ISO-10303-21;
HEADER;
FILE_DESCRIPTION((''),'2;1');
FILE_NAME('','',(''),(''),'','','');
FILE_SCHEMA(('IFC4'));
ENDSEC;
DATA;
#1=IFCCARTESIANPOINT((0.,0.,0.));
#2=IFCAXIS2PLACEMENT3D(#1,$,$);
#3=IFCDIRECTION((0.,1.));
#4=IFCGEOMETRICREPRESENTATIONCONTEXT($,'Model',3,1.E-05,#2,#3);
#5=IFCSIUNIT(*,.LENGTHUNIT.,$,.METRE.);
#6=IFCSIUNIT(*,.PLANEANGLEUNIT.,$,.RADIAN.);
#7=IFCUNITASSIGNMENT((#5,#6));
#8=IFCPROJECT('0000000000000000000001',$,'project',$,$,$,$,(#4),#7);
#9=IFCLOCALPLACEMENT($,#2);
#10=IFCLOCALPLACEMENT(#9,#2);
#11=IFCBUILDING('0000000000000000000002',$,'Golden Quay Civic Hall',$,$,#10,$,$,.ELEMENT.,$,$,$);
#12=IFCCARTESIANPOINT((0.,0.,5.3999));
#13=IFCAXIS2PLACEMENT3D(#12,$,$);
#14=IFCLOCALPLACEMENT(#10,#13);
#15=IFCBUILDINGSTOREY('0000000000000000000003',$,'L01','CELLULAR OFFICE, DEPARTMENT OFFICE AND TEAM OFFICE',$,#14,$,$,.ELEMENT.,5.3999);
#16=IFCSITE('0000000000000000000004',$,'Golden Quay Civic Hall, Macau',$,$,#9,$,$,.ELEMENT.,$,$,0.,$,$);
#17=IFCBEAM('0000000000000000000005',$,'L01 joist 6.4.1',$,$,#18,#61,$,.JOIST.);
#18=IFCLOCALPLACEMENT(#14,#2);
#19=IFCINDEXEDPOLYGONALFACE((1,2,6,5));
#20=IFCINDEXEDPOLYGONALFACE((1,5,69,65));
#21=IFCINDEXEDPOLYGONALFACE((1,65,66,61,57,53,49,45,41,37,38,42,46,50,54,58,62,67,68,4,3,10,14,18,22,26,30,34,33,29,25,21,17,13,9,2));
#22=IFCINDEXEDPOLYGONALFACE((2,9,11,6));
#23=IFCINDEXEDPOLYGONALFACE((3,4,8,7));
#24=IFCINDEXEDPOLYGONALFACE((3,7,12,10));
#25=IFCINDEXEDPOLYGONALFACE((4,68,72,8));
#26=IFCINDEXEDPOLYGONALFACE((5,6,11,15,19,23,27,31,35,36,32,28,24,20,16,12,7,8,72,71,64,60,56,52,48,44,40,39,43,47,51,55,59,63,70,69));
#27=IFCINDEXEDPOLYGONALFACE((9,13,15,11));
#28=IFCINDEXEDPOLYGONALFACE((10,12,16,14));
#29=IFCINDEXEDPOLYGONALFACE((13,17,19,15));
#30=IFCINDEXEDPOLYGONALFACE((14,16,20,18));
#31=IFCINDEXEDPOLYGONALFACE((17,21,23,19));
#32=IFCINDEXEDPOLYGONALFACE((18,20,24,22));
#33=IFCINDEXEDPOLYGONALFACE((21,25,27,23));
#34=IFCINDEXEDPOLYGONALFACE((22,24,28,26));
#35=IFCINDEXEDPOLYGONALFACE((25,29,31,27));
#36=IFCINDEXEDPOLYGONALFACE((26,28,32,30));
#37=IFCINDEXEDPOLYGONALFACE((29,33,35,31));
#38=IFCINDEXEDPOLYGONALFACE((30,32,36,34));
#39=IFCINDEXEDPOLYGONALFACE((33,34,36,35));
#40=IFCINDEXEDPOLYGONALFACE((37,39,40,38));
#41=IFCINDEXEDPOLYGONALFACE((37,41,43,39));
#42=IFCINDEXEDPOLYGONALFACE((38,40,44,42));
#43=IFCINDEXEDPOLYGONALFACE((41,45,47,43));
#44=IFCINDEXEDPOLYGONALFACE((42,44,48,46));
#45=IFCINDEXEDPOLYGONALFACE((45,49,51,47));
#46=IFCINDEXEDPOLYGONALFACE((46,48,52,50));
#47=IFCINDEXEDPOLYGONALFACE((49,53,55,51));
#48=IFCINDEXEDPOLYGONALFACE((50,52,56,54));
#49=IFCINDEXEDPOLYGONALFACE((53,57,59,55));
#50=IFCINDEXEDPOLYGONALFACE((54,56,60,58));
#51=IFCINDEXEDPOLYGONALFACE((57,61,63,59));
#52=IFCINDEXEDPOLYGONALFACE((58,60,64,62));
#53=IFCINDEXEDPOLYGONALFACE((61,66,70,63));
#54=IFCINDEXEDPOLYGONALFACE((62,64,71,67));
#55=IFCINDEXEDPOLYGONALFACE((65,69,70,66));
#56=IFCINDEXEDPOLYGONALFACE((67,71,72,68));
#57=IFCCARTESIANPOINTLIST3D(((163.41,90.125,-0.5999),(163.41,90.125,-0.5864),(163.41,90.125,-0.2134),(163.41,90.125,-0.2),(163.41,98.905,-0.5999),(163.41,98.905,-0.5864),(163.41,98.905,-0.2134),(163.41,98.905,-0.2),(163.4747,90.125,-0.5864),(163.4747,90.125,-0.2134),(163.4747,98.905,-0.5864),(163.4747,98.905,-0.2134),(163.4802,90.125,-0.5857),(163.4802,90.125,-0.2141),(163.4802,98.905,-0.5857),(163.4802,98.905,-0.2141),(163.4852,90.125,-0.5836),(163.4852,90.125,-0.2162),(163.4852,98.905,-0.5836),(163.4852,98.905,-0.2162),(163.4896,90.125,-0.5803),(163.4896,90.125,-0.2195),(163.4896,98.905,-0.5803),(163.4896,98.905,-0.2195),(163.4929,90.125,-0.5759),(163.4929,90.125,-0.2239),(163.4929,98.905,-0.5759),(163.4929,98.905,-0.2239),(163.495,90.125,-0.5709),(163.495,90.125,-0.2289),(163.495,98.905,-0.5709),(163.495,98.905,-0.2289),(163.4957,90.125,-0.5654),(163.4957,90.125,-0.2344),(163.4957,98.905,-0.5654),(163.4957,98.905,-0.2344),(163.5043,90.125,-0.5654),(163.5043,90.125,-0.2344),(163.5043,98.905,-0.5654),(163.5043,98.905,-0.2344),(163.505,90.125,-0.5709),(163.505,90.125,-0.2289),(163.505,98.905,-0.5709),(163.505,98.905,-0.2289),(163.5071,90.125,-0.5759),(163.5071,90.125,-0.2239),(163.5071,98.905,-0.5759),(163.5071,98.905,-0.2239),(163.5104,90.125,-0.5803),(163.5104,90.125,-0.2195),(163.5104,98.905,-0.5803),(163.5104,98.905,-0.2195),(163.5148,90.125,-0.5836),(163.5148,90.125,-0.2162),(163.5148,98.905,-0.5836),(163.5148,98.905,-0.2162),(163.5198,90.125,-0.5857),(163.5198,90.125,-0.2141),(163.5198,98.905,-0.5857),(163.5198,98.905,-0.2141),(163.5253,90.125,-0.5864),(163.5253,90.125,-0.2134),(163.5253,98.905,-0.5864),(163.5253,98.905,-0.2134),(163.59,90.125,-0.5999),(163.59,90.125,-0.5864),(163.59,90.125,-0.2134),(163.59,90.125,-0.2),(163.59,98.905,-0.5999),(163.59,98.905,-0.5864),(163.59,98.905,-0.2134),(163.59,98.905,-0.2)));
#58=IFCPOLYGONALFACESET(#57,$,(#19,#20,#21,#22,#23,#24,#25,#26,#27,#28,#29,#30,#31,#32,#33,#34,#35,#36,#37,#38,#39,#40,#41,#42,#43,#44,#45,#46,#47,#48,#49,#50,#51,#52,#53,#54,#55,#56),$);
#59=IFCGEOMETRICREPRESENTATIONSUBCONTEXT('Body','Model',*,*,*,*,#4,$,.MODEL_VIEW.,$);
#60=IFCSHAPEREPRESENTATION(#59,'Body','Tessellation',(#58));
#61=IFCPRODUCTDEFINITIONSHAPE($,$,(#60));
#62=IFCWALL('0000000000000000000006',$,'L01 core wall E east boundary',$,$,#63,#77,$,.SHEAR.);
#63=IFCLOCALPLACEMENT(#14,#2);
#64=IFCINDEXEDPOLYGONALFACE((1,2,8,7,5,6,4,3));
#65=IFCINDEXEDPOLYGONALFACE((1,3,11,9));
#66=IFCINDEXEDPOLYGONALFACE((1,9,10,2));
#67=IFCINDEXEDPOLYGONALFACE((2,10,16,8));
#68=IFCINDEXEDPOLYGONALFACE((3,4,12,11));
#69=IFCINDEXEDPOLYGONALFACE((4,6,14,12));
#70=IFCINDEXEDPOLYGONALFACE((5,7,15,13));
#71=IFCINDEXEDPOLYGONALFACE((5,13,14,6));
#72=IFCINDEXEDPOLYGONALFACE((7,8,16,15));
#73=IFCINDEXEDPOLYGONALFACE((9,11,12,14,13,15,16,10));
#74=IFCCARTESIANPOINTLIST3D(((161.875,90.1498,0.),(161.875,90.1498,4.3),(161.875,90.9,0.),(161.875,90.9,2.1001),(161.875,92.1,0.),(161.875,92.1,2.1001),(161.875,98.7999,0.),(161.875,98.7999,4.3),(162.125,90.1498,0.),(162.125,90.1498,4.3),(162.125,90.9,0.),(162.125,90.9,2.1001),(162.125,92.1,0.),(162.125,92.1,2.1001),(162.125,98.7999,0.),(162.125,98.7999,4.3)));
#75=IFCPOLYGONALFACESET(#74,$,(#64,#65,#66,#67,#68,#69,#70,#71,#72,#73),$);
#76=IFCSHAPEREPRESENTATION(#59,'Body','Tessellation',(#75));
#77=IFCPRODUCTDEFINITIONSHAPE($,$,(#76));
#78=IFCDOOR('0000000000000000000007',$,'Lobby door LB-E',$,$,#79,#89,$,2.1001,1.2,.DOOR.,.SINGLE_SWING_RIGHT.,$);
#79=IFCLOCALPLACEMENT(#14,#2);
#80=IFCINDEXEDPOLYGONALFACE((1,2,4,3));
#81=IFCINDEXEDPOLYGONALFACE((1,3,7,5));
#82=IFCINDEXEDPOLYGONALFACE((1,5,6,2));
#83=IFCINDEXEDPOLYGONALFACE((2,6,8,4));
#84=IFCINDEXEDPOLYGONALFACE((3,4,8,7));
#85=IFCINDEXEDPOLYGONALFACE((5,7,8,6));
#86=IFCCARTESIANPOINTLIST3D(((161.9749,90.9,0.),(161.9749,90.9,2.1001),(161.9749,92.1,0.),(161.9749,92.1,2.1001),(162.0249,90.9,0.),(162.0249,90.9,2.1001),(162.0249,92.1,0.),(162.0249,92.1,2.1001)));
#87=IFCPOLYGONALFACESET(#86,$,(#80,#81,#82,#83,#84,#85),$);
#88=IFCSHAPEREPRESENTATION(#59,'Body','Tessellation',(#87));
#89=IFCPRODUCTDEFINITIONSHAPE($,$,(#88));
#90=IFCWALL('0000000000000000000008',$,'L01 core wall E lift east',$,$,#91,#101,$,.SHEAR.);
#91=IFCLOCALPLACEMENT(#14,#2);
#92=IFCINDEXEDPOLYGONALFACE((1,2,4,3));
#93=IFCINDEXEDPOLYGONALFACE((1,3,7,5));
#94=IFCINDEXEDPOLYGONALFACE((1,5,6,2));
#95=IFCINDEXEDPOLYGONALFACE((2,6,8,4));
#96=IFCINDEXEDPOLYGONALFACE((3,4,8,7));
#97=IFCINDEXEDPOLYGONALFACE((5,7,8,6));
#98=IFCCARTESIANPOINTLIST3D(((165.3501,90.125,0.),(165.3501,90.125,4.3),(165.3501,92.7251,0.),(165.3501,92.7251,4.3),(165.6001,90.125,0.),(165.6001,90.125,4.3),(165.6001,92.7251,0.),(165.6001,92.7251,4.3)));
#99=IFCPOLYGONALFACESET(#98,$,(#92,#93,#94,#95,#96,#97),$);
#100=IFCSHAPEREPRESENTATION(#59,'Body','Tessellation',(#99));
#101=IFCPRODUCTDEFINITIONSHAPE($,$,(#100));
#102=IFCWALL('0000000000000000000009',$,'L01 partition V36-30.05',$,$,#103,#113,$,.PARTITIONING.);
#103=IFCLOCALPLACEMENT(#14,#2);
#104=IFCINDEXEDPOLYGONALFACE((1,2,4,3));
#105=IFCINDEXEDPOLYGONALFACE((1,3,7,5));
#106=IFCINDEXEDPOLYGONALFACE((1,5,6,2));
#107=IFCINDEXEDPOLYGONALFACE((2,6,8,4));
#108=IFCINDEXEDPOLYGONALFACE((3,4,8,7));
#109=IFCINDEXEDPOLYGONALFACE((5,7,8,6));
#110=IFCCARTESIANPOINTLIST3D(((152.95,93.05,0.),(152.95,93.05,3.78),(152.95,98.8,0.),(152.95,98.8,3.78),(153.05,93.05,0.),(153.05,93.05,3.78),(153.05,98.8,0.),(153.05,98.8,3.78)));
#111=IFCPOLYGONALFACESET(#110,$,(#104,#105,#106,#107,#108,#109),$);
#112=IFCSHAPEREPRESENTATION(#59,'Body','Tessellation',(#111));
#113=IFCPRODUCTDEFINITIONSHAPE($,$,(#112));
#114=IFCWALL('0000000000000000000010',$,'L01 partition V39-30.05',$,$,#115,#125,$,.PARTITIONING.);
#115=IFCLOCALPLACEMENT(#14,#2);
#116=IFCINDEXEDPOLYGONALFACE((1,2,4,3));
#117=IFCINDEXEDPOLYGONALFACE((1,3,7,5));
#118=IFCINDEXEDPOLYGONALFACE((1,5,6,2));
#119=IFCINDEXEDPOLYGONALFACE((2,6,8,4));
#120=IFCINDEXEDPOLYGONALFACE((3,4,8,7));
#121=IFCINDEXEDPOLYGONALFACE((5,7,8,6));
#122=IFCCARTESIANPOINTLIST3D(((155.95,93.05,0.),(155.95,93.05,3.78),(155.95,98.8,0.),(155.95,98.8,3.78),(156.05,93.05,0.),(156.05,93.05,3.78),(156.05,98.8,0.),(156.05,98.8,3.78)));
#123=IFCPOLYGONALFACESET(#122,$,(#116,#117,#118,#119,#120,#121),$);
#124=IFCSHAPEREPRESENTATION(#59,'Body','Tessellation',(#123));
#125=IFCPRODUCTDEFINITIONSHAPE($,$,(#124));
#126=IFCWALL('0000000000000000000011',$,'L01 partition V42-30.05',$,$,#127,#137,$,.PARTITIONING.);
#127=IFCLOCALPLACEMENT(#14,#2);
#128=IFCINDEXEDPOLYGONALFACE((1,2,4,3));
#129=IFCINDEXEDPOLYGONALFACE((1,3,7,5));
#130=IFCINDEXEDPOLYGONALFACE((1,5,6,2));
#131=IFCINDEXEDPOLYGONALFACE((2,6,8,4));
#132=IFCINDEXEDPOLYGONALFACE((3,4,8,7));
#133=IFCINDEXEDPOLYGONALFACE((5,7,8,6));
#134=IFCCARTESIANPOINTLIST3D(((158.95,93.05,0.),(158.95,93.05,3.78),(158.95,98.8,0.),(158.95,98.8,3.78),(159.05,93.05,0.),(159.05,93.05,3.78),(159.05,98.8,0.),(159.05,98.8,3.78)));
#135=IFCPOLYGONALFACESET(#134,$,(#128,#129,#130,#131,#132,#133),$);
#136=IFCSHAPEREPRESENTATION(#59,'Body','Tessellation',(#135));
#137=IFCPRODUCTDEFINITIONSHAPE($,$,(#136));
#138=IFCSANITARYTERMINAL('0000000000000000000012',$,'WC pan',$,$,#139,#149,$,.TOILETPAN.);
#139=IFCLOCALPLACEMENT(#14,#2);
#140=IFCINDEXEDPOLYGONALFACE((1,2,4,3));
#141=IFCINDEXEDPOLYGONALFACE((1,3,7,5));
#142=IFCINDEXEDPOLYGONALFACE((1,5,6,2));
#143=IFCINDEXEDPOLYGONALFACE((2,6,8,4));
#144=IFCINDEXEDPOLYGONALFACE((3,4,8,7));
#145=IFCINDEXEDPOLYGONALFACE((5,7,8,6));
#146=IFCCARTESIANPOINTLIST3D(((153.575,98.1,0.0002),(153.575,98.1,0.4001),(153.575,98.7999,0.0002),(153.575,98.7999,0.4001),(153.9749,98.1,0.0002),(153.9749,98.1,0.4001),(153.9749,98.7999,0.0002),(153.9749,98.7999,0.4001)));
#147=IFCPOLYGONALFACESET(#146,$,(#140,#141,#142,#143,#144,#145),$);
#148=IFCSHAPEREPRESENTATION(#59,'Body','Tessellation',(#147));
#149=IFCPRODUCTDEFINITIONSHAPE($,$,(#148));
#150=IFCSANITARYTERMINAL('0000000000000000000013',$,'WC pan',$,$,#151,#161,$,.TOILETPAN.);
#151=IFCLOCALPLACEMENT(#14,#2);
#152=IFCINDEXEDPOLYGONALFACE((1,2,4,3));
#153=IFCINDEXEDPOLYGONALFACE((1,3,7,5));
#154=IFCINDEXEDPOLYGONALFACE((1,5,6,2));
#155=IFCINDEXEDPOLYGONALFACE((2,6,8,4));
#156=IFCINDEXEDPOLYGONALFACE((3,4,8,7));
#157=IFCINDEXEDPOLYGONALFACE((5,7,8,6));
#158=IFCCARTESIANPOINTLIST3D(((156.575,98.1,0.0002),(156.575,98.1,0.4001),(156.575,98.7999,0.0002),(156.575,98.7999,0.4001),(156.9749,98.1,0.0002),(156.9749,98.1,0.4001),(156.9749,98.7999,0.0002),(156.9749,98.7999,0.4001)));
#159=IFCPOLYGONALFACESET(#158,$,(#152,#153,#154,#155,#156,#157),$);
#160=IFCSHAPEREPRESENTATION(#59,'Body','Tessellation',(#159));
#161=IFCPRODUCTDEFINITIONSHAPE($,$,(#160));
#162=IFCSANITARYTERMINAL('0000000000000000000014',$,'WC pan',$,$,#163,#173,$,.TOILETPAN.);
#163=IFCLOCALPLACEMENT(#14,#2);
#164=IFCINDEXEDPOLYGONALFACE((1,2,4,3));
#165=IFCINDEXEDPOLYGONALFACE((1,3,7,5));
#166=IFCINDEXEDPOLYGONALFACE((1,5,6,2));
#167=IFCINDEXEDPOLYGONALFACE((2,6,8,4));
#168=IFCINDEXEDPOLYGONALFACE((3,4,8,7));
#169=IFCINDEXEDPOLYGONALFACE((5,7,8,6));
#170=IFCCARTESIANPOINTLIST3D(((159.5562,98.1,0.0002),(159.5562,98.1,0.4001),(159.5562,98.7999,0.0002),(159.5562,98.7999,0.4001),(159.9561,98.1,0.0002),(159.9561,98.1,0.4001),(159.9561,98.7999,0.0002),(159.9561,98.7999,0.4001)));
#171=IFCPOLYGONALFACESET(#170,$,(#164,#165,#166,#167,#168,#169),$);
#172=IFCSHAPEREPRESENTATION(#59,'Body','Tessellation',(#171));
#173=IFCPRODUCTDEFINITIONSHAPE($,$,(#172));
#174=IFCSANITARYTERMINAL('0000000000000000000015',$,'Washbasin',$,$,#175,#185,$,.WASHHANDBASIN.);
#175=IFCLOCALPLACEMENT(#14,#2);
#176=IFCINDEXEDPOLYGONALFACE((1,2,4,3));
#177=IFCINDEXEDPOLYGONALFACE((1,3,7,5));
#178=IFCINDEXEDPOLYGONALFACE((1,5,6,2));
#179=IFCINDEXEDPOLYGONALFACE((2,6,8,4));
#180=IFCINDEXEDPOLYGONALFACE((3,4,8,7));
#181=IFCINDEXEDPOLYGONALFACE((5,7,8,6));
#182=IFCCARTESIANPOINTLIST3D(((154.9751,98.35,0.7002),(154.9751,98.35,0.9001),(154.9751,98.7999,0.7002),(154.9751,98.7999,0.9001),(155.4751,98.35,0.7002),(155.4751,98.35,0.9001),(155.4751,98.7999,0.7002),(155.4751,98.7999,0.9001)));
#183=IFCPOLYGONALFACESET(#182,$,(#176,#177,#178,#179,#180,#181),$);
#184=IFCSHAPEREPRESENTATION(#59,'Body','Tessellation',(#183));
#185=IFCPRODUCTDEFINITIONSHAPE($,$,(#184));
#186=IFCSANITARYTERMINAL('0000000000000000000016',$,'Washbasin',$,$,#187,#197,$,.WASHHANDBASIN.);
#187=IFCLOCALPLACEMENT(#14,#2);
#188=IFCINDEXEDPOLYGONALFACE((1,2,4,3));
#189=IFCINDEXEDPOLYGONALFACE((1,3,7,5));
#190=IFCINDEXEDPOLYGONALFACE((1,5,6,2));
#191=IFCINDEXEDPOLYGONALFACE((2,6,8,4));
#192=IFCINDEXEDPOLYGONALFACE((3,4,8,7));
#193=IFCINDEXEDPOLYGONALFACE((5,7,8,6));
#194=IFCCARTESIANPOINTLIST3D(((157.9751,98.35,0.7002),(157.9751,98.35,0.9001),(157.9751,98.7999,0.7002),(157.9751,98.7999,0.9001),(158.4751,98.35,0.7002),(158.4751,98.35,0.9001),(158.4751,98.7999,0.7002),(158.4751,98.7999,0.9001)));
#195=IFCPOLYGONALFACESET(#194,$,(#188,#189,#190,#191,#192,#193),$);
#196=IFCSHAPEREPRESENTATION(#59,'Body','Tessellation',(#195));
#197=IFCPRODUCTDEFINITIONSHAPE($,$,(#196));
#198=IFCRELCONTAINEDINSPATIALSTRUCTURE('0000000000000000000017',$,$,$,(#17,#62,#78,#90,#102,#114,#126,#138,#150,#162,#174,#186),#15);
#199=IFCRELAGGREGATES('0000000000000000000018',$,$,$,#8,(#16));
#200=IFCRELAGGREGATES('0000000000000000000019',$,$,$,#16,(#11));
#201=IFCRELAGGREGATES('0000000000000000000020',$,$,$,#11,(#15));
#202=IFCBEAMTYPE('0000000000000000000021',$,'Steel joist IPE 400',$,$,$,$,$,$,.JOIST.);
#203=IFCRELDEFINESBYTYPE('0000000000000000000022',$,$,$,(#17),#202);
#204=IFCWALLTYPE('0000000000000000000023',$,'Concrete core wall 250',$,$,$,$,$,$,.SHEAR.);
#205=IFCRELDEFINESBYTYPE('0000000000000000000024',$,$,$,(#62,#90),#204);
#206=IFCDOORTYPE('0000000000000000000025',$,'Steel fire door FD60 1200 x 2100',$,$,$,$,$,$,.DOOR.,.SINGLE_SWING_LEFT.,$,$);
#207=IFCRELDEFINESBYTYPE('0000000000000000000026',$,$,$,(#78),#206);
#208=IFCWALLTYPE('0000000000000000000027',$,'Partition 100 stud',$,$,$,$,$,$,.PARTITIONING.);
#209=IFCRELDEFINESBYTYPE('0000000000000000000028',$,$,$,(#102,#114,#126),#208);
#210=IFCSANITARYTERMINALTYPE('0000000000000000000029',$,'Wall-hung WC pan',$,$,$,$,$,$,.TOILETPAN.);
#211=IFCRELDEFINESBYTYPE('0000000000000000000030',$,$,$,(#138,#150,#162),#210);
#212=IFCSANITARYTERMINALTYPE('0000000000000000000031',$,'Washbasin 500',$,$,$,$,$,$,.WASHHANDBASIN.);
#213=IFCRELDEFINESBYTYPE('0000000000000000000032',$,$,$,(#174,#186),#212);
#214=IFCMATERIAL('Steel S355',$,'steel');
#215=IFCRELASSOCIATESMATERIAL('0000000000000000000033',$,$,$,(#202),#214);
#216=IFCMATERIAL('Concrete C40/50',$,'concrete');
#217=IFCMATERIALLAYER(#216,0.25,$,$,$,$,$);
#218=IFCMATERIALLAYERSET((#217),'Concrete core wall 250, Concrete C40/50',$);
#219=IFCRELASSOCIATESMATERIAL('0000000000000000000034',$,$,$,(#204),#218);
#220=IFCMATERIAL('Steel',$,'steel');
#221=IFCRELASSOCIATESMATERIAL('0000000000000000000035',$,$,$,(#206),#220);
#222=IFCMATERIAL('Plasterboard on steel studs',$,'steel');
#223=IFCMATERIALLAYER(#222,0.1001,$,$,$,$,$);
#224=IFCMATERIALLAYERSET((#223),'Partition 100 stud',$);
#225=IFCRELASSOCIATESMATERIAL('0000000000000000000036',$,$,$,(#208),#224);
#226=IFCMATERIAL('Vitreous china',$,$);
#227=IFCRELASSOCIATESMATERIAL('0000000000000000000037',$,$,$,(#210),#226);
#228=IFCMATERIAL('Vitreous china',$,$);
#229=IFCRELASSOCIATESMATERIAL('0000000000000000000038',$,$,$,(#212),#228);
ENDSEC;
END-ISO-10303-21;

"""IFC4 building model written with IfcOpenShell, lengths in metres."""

from ifc_helpers import new_model, si_unit, direction, frame, frame_2d, origin, origin_2d, place, context, subcontext, project, spatial, rectangle, i_section, extrude, material, layer, layer_set, material_profile, profile_set, type_object, element, fill, save


model = new_model("IFC4")

# Units and contexts
model_context = context("Model", 3, precision=1e-05, world=origin(), true_north=direction((0.0, 1.0)))
body_context = subcontext(model_context, "Body", "Model", "MODEL_VIEW")
ifc_project = project(units=[si_unit("LENGTHUNIT", "METRE"), si_unit("PLANEANGLEUNIT", "RADIAN")], contexts=[model_context])

# Site, building, storey
site_placement = place(None, origin())
site = spatial("IfcSite", under=ifc_project, at=site_placement, Name="Golden Quay Civic Hall, Macau", CompositionType="ELEMENT", RefElevation=0.0)
building_placement = place(site_placement, origin())
building = spatial("IfcBuilding", under=site, at=building_placement, Name="Golden Quay Civic Hall", CompositionType="ELEMENT")
storey_placement = place(building_placement, frame((0.0, 0.0, 5.3999)))
storey = spatial("IfcBuildingStorey", under=building, at=storey_placement, Name="L01", Description="CELLULAR OFFICE, DEPARTMENT OFFICE AND TEAM OFFICE", CompositionType="ELEMENT", Elevation=5.3999)

# Beam
ifc_material_1 = material(Name="Steel S355", Category="steel")
ifc_material_profile_1 = material_profile(ifc_material_1, i_section(OverallWidth=0.1799, OverallDepth=0.3999, WebThickness=0.0085, FlangeThickness=0.0134, FilletRadius=0.021, at=origin_2d()), Name="IPE 400")
ifc_profile_set_1 = profile_set([ifc_material_profile_1], Name="Steel S355")
beam_type_1 = type_object("IfcBeamType", Name="Steel joist IPE 400", PredefinedType="JOIST", material=ifc_profile_set_1)
beam_1_placement = place(storey_placement, frame((163.5, 90.125, -0.3999), z_axis=(0.0, 1.0, 0.0), x_axis=(-1.0, 0.0, 0.0)))
element("IfcBeam", 1, at=beam_1_placement, inside=storey, type_object=beam_type_1, Name="L01 joist 6.4.1", PredefinedType="JOIST", context=body_context, shape_type="SweptSolid", body=[
    extrude(i_section(OverallWidth=0.1799, OverallDepth=0.3999, WebThickness=0.0085, FlangeThickness=0.0134, FilletRadius=0.021, at=origin_2d()), origin(), (0.0, 0.0, 1.0), 8.78),
])

# Wall, opening, door
ifc_material_2 = material(Name="Concrete C40/50", Category="concrete")
ifc_layer_1 = layer(ifc_material_2, 0.25)
ifc_layer_set_1 = layer_set([ifc_layer_1], Name="Concrete core wall 250, Concrete C40/50")
wall_type_1 = type_object("IfcWallType", Name="Concrete core wall 250", PredefinedType="SHEAR", material=ifc_layer_set_1)
wall_1_placement = place(storey_placement, frame((162.0, 98.8, 0.0), z_axis=(0.0, 0.0, 1.0), x_axis=(0.0, -1.0, 0.0)))
wall_1 = element("IfcWall", 2, at=wall_1_placement, inside=storey, type_object=wall_type_1, Name="L01 core wall E east boundary", PredefinedType="SHEAR", context=body_context, shape_type="SweptSolid", body=[
    extrude(rectangle(XDim=8.6501, YDim=0.25, at=frame_2d((4.3252, 0.0))), origin(), (0.0, 0.0, 1.0), 4.3),
])
opening_placement = place(wall_1_placement, frame((6.7, 0.0, 0.0)))
opening = element("IfcOpeningElement", 3, at=opening_placement, cuts=wall_1, PredefinedType="OPENING", context=body_context, shape_type="SweptSolid", body=[
    extrude(rectangle(XDim=1.2, YDim=2.1001, at=frame_2d((0.6001, 1.05))), frame((0.0, 0.135, 0.0), z_axis=(0.0, -1.0, 0.0), x_axis=(1.0, 0.0, 0.0)), (0.0, 0.0, 1.0), 0.27),
])
ifc_material_3 = material(Name="Steel", Category="steel")
door_type = type_object("IfcDoorType", Name="Steel fire door FD60 1200 x 2100", OperationType="SINGLE_SWING_LEFT", PredefinedType="DOOR", material=ifc_material_3)
door_placement = place(opening_placement, frame((1.2, 0.0, 0.0), z_axis=(0.0, 0.0, 1.0), x_axis=(-1.0, 0.0, 0.0)))
door = element("IfcDoor", 4, at=door_placement, inside=storey, type_object=door_type, Name="Lobby door LB-E", OperationType="SINGLE_SWING_RIGHT", OverallHeight=2.1001, OverallWidth=1.2, PredefinedType="DOOR", context=body_context, shape_type="SweptSolid", body=[
    extrude(rectangle(XDim=1.2, YDim=2.1001, at=frame_2d((0.5999, 1.05))), frame((0.0, 0.0251, 0.0), z_axis=(0.0, -1.0, 0.0), x_axis=(1.0, 0.0, 0.0)), (0.0, 0.0, 1.0), 0.05),
])
fill(opening, door)

# Walls
wall_2_placement = place(storey_placement, frame((165.4751, 92.7251, 0.0), z_axis=(0.0, 0.0, 1.0), x_axis=(0.0, -1.0, 0.0)))
element("IfcWall", 5, at=wall_2_placement, inside=storey, type_object=wall_type_1, Name="L01 core wall E lift east", PredefinedType="SHEAR", context=body_context, shape_type="SweptSolid", body=[
    extrude(rectangle(XDim=2.6001, YDim=0.25, at=frame_2d((1.3, 0.0))), origin(), (0.0, 0.0, 1.0), 4.3),
])
ifc_material_4 = material(Name="Plasterboard on steel studs", Category="steel")
ifc_layer_2 = layer(ifc_material_4, 0.1001)
ifc_layer_set_2 = layer_set([ifc_layer_2], Name="Partition 100 stud")
wall_type_2 = type_object("IfcWallType", Name="Partition 100 stud", PredefinedType="PARTITIONING", material=ifc_layer_set_2)
for number, where, z_axis, x_axis, name in (
    (6, (153.0, 93.05, 0.0), (0.0, 0.0, 1.0), (0.0, 1.0, 0.0), "L01 partition V36-30.05"),
    (7, (156.0, 93.05, 0.0), (0.0, 0.0, 1.0), (0.0, 1.0, 0.0), "L01 partition V39-30.05"),
    (8, (159.0, 93.05, 0.0), (0.0, 0.0, 1.0), (0.0, 1.0, 0.0), "L01 partition V42-30.05"),
):
    element("IfcWall", number, at=place(storey_placement, frame(where, z_axis=z_axis, x_axis=x_axis)), inside=storey, type_object=wall_type_2, Name=name, PredefinedType="PARTITIONING", context=body_context, shape_type="SweptSolid", body=[
        extrude(rectangle(XDim=5.75, YDim=0.1001, at=frame_2d((2.875, 0.0))), origin(), (0.0, 0.0, 1.0), 3.78),
    ])

# Sanitary terminals
ifc_material_5 = material(Name="Vitreous china")
sanitary_terminal_type_1 = type_object("IfcSanitaryTerminalType", Name="Wall-hung WC pan", PredefinedType="TOILETPAN", material=ifc_material_5)
for number, where, z_axis, x_axis, name in (
    (9, (153.7749, 98.45, 0.0002), (0.0, 0.0, 1.0), (1.0, 0.0, 0.0), "WC pan"),
    (10, (156.7749, 98.45, 0.0002), (0.0, 0.0, 1.0), (1.0, 0.0, 0.0), "WC pan"),
    (11, (159.7561, 98.45, 0.0002), (0.0, 0.0, 1.0), (1.0, 0.0, 0.0), "WC pan"),
):
    element("IfcSanitaryTerminal", number, at=place(storey_placement, frame(where, z_axis=z_axis, x_axis=x_axis)), inside=storey, type_object=sanitary_terminal_type_1, Name=name, PredefinedType="TOILETPAN", context=body_context, shape_type="SweptSolid", body=[
        extrude(rectangle(XDim=0.3999, YDim=0.7, at=origin_2d()), origin(), (0.0, 0.0, 1.0), 0.3999),
    ])
ifc_material_6 = material(Name="Vitreous china")
sanitary_terminal_type_2 = type_object("IfcSanitaryTerminalType", Name="Washbasin 500", PredefinedType="WASHHANDBASIN", material=ifc_material_6)
for number, where, z_axis, x_axis, name in (
    (12, (155.2251, 98.575, 0.7002), (0.0, 0.0, 1.0), (1.0, 0.0, 0.0), "Washbasin"),
    (13, (158.2251, 98.575, 0.7002), (0.0, 0.0, 1.0), (1.0, 0.0, 0.0), "Washbasin"),
):
    element("IfcSanitaryTerminal", number, at=place(storey_placement, frame(where, z_axis=z_axis, x_axis=x_axis)), inside=storey, type_object=sanitary_terminal_type_2, Name=name, PredefinedType="WASHHANDBASIN", context=body_context, shape_type="SweptSolid", body=[
        extrude(rectangle(XDim=0.5, YDim=0.45, at=origin_2d()), origin(), (0.0, 0.0, 1.0), 0.2),
    ])

save(model, "model.ifc")
